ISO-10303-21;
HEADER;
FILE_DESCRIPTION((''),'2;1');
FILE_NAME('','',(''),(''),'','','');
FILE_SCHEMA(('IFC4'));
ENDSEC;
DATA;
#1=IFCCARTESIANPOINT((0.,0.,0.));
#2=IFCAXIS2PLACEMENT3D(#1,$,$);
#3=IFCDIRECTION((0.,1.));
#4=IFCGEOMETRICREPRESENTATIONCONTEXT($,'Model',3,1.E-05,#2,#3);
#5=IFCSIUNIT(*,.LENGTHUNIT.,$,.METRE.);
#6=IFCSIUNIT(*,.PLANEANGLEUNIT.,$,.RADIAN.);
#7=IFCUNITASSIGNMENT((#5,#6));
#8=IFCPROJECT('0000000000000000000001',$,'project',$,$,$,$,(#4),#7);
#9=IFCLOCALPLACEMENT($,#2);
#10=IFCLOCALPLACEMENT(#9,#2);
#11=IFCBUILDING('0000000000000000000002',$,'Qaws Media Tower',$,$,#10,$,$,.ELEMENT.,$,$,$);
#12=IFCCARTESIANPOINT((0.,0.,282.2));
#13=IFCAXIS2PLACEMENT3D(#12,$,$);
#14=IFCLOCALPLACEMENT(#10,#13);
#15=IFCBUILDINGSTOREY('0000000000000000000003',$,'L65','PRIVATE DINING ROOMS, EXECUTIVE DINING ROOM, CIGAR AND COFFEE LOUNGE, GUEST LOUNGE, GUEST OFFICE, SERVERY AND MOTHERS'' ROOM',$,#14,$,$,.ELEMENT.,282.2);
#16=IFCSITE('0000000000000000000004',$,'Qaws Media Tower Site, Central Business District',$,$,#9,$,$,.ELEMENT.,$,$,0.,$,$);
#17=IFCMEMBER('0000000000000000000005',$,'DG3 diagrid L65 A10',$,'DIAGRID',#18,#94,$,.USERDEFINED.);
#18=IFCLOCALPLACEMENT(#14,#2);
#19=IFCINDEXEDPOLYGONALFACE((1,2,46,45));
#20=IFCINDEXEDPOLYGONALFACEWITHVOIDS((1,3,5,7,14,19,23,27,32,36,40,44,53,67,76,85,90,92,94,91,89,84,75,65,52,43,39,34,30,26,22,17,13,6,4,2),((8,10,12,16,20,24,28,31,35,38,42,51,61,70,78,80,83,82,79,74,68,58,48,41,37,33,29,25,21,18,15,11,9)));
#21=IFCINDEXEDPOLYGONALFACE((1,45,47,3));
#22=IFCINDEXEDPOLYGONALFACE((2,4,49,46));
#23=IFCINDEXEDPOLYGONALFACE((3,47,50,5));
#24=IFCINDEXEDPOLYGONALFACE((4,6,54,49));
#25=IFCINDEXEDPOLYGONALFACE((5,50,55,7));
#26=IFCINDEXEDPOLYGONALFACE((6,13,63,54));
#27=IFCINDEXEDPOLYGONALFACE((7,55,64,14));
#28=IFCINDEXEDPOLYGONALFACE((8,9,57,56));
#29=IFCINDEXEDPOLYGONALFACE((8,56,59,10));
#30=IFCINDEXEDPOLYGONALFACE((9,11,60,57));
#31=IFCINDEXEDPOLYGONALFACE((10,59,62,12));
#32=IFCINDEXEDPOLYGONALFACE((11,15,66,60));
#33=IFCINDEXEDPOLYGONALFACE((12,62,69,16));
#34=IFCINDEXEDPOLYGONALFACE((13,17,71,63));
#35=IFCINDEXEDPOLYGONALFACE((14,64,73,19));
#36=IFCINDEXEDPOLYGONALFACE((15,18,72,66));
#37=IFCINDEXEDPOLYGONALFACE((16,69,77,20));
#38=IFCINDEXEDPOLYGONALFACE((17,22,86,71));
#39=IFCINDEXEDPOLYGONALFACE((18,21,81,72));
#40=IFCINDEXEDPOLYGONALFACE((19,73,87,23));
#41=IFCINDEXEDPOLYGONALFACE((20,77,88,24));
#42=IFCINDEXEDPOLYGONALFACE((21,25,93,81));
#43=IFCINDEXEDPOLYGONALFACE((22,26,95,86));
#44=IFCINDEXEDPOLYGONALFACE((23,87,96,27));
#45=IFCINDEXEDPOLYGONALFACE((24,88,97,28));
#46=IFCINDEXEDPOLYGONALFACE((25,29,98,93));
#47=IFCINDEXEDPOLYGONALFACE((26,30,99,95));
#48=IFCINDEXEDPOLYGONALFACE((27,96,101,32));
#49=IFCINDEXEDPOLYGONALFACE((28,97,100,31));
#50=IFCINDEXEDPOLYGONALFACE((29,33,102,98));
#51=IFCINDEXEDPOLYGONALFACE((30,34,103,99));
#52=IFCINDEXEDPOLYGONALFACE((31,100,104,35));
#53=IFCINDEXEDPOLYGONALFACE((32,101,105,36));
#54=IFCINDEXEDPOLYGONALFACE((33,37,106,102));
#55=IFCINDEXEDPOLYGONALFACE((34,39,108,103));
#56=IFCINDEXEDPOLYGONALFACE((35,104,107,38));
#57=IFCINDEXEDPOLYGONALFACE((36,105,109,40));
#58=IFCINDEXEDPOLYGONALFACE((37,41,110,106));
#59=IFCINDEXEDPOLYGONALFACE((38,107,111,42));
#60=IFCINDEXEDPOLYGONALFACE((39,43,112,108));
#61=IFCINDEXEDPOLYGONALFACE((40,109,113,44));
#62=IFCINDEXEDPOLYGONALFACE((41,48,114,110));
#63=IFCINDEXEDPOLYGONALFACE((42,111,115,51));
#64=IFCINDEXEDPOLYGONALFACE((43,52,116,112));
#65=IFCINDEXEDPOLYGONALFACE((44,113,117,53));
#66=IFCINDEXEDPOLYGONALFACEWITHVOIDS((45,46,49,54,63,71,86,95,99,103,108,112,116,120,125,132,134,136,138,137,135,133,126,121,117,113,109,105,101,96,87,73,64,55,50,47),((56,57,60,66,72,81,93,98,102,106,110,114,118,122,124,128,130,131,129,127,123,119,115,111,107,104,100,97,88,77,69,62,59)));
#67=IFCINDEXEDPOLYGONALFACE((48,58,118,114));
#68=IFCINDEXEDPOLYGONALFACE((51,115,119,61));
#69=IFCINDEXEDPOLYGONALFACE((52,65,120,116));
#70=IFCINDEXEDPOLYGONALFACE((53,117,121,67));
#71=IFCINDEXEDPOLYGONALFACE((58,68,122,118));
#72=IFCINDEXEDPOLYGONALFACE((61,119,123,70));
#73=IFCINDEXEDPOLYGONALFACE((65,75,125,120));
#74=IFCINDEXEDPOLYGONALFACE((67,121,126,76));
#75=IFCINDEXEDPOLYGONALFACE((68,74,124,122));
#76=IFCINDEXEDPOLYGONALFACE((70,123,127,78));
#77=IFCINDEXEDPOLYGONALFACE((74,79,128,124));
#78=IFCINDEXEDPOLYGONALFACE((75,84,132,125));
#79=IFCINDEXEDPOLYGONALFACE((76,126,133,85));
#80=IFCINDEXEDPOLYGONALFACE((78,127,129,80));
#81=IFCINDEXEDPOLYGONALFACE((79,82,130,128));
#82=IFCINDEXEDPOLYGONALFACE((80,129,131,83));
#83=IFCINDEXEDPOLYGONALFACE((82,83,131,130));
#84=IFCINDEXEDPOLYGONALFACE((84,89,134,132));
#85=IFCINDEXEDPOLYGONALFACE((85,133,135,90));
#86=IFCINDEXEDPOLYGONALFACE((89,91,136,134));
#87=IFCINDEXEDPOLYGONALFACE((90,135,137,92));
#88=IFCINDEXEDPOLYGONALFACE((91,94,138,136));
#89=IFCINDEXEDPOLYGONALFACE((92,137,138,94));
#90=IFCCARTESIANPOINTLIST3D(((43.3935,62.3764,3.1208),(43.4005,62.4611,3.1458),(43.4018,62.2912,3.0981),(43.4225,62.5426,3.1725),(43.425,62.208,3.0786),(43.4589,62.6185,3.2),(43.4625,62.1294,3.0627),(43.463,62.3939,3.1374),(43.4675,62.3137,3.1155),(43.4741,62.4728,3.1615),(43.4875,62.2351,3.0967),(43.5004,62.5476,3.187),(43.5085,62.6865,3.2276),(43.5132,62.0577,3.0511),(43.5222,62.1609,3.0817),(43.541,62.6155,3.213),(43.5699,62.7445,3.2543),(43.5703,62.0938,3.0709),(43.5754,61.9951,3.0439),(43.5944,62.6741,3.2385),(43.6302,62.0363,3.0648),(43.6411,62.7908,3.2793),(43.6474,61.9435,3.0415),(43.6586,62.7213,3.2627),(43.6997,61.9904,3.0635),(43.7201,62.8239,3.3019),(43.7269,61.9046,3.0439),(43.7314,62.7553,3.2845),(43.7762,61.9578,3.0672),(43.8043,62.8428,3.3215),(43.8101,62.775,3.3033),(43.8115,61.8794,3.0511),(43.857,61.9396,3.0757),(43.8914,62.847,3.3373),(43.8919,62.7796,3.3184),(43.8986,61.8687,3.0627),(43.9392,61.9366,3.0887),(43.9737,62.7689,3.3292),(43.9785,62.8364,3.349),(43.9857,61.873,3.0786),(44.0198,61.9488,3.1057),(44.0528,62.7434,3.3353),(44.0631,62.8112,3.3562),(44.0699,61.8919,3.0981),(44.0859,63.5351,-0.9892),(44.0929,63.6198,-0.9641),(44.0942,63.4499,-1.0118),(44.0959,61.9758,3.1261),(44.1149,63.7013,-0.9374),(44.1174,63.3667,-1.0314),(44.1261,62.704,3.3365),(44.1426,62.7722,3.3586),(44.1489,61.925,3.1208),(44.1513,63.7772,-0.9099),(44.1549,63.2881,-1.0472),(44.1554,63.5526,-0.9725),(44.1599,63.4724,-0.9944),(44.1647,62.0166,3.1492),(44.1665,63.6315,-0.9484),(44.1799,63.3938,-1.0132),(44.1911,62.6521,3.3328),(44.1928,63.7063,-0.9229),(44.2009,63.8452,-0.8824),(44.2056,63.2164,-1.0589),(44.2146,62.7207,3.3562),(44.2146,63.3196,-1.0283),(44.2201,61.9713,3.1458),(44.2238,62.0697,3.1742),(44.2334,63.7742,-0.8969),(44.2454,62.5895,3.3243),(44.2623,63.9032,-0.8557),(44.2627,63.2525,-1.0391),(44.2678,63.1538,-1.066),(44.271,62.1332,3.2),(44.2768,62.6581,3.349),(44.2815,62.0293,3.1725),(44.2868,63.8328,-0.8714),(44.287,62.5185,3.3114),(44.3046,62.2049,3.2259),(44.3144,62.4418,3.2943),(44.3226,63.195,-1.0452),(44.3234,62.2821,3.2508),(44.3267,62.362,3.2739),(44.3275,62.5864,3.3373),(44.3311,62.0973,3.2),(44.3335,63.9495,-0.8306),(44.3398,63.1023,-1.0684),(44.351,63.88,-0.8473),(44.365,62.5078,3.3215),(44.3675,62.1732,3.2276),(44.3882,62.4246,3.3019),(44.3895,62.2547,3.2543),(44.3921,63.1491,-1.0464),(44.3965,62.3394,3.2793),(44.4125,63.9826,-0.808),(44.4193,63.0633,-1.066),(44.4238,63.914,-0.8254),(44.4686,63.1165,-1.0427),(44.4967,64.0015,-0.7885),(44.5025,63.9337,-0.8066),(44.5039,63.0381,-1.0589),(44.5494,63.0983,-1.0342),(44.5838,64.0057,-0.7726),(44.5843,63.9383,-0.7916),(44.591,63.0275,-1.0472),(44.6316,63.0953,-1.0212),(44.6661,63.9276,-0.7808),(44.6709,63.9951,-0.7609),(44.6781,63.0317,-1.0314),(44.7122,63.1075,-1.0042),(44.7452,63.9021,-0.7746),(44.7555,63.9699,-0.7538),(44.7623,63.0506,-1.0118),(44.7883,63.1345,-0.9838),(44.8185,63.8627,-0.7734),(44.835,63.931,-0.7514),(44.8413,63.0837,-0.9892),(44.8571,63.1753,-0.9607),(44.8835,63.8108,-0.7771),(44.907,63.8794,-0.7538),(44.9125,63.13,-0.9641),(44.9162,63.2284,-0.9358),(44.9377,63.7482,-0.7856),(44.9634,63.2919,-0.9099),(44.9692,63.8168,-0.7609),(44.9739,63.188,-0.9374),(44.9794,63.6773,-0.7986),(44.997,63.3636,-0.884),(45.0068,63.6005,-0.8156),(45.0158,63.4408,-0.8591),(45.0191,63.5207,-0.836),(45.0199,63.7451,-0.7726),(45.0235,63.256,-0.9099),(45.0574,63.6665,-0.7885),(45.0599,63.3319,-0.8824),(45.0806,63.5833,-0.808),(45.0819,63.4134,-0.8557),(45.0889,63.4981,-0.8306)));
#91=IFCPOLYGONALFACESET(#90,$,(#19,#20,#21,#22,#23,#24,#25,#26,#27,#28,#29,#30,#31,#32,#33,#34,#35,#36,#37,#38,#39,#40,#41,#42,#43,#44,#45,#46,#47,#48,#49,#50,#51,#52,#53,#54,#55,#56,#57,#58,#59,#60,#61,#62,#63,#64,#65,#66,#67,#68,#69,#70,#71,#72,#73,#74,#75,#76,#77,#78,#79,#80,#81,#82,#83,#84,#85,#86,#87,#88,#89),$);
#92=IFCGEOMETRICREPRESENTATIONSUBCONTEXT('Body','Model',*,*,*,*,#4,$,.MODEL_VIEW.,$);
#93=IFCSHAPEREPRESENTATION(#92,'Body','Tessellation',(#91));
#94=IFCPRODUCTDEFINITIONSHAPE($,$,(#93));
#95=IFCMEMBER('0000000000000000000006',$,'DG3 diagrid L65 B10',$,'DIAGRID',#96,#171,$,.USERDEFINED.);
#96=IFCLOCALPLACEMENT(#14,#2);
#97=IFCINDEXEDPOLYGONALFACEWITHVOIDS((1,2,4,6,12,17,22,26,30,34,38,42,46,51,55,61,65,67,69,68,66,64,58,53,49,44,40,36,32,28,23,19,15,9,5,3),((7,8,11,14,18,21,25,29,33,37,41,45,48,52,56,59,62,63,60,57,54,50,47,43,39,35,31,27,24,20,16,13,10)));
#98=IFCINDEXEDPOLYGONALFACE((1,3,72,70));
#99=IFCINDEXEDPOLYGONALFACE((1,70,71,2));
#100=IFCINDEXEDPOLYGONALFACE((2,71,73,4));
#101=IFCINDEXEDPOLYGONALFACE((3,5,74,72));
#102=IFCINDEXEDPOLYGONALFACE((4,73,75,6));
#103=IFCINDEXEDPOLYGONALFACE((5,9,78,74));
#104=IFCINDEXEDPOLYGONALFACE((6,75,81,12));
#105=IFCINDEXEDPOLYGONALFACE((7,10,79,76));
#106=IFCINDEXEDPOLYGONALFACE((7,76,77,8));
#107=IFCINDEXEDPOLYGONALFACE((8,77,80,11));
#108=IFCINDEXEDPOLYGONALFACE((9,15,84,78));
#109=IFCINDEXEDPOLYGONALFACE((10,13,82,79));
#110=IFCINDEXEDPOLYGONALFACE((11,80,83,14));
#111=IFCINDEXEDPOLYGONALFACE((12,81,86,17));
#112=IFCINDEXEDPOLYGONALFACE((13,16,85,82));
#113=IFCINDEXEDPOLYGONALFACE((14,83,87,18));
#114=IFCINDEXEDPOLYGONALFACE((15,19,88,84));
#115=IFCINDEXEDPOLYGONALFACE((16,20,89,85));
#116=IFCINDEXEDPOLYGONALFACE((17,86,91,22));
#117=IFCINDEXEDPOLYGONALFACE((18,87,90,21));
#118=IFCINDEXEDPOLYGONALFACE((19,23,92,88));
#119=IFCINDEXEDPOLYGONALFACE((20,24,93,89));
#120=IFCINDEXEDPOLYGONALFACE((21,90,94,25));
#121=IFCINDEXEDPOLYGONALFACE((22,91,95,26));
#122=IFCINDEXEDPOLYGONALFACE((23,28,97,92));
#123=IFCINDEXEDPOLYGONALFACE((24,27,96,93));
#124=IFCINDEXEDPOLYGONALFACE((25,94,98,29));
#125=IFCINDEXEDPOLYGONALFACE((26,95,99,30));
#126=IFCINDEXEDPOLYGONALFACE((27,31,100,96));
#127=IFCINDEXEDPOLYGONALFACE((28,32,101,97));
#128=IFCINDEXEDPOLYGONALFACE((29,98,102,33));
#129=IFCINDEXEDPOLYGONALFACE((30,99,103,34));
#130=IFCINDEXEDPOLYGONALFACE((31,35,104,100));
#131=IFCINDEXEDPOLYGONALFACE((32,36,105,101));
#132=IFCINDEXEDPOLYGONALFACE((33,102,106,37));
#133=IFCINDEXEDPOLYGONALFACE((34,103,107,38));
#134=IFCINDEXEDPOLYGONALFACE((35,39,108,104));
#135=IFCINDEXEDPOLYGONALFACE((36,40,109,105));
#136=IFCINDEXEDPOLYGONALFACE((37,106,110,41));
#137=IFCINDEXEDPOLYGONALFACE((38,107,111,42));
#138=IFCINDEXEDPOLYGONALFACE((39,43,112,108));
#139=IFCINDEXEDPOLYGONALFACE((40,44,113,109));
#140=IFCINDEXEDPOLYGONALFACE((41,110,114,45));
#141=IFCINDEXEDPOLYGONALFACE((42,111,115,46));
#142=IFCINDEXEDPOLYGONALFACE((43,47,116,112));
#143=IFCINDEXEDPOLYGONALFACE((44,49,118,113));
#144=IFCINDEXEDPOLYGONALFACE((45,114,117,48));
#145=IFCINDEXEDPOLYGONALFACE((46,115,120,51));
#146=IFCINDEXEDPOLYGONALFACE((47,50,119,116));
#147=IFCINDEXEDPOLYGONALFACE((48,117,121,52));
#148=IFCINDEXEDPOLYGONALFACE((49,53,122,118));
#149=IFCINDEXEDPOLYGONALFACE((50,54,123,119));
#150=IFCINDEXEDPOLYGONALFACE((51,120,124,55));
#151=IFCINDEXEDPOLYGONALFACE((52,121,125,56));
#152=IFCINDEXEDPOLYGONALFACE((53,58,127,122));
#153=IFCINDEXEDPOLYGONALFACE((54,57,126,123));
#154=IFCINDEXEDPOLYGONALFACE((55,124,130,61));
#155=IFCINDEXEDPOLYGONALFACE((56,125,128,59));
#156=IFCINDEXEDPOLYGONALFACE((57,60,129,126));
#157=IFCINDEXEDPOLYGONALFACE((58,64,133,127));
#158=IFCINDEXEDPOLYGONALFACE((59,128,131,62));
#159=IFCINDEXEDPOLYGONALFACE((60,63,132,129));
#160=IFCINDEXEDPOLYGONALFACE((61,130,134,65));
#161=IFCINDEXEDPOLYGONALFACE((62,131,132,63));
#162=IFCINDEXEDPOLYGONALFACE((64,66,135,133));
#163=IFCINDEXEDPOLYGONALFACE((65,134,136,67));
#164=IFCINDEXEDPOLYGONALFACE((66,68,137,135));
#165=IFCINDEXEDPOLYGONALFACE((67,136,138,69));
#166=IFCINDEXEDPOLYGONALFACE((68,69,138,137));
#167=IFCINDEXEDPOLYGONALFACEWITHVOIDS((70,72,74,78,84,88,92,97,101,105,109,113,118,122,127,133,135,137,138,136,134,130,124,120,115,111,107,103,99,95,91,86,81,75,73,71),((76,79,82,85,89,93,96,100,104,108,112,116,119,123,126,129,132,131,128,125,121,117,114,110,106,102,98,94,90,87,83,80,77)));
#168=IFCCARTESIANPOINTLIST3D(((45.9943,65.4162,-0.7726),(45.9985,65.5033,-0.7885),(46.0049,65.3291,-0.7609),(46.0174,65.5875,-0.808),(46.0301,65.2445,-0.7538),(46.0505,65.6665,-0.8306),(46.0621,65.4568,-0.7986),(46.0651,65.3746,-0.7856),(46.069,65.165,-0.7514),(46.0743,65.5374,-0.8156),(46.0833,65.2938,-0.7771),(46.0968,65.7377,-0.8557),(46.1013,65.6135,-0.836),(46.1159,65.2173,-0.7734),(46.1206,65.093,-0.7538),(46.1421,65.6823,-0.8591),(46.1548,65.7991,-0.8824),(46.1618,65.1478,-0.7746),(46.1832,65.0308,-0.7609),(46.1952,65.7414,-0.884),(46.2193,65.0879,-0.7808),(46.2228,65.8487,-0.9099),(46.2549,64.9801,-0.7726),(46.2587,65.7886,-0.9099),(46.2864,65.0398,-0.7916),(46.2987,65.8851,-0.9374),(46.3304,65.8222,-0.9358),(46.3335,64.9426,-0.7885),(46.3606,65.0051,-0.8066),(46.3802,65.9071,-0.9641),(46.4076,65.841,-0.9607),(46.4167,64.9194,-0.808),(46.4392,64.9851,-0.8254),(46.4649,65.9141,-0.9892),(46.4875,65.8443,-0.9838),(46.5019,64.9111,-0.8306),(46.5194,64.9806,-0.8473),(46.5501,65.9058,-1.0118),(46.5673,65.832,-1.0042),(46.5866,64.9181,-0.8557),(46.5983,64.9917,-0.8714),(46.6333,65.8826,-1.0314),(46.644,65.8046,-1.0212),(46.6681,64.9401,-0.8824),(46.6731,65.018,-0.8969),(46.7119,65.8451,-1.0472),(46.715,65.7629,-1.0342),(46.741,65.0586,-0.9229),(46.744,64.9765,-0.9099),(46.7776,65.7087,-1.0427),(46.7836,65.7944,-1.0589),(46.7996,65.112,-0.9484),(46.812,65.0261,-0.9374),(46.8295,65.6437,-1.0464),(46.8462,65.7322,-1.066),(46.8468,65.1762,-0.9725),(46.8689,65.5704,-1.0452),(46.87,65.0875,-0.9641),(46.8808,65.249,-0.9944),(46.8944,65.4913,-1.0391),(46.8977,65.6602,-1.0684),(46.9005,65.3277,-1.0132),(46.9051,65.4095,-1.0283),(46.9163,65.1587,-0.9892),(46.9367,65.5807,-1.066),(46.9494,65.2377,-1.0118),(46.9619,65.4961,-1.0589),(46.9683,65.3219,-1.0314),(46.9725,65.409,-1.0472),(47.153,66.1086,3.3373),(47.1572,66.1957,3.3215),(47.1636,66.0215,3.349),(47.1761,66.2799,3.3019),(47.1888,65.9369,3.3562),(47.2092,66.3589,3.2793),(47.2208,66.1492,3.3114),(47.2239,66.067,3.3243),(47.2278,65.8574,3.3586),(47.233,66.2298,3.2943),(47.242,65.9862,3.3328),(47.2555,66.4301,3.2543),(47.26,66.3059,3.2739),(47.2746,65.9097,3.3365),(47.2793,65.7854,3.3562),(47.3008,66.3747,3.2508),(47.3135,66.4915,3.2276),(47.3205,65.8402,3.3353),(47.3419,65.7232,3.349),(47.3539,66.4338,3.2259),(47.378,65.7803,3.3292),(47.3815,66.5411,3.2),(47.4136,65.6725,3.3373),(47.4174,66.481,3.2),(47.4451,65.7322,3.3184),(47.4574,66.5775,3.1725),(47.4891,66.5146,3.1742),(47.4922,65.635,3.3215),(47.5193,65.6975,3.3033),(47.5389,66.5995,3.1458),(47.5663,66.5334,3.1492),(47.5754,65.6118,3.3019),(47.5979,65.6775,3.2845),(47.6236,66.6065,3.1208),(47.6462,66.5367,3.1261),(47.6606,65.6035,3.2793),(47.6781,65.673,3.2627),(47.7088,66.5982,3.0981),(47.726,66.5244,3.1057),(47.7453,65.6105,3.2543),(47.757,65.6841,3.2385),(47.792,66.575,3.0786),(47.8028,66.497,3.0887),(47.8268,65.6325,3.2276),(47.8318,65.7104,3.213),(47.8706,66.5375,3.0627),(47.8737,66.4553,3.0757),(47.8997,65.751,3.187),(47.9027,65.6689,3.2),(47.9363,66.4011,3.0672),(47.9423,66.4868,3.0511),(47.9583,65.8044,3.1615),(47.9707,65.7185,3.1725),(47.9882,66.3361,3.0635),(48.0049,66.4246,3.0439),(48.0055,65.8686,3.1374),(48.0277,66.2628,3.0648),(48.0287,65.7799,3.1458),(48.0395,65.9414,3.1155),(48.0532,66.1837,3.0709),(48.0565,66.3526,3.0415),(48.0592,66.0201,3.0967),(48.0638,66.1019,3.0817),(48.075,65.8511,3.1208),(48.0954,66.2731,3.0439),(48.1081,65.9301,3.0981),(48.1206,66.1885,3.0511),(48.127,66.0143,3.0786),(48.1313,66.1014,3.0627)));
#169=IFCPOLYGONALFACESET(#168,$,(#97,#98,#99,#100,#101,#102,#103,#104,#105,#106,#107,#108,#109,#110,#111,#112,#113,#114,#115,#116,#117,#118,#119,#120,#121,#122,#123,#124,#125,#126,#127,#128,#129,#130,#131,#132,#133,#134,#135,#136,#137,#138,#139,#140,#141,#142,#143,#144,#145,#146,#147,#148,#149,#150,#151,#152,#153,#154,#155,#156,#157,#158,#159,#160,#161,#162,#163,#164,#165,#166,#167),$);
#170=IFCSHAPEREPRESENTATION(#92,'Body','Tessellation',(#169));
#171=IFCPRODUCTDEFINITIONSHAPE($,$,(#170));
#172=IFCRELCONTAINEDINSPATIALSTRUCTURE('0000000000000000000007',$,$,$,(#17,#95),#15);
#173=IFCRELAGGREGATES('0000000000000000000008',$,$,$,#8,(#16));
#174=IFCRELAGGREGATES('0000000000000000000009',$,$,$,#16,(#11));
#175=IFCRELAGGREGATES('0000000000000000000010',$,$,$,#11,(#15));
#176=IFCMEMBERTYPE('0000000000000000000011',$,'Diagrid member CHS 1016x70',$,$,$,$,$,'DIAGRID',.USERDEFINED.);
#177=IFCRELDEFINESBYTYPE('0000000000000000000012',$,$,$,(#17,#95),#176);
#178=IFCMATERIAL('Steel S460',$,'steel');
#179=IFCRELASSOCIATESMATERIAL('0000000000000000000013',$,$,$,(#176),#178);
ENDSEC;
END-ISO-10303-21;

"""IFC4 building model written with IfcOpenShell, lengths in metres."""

from ifc_helpers import new_model, si_unit, direction, frame, origin, origin_2d, place, context, subcontext, project, spatial, hollow_circle, extrude, material, material_profile, profile_set, type_object, element, save


model = new_model("IFC4")

# Units and contexts
model_context = context("Model", 3, precision=1e-05, world=origin(), true_north=direction((0.0, 1.0)))
body_context = subcontext(model_context, "Body", "Model", "MODEL_VIEW")
ifc_project = project(units=[si_unit("LENGTHUNIT", "METRE"), si_unit("PLANEANGLEUNIT", "RADIAN")], contexts=[model_context])

# Site, building, storey
site_placement = place(None, origin())
site = spatial("IfcSite", under=ifc_project, at=site_placement, Name="Qaws Media Tower Site, Central Business District", CompositionType="ELEMENT", RefElevation=0.0)
building_placement = place(site_placement, origin())
building = spatial("IfcBuilding", under=site, at=building_placement, Name="Qaws Media Tower", CompositionType="ELEMENT")
storey_placement = place(building_placement, frame((0.0, 0.0, 282.2)))
storey = spatial("IfcBuildingStorey", under=building, at=storey_placement, Name="L65", Description="PRIVATE DINING ROOMS, EXECUTIVE DINING ROOM, CIGAR AND COFFEE LOUNGE, GUEST LOUNGE, GUEST OFFICE, SERVERY AND MOTHERS' ROOM", CompositionType="ELEMENT", Elevation=282.2)

# Members
ifc_material_1 = material(Name="Steel S460", Category="steel")
ifc_material_profile_1 = material_profile(ifc_material_1, hollow_circle(Radius=0.5081, WallThickness=0.0701, at=origin_2d()), Name="CHS 1016x70")
ifc_profile_set_1 = profile_set([ifc_material_profile_1], Name="Steel S460")
member_type_1 = type_object("IfcMemberType", Name="Diagrid member CHS 1016x70", ElementType="DIAGRID", PredefinedType="USERDEFINED", material=ifc_profile_set_1)
for number, where, z_axis, x_axis, name in (
    (1, (44.5874, 63.5166, -0.9099), (-0.160057, -0.267853, 0.950072), (0.858417, -0.512952, 0.0), "DG3 diagrid L65 A10"),
    (2, (46.4834, 65.4126, -0.9099), (0.267853, 0.160057, 0.950072), (-0.512952, 0.858417, 0.0), "DG3 diagrid L65 B10"),
):
    element("IfcMember", number, at=place(storey_placement, frame(where, z_axis=z_axis, x_axis=x_axis)), inside=storey, type_object=member_type_1, Name=name, ObjectType="DIAGRID", PredefinedType="USERDEFINED", context=body_context, shape_type="SweptSolid", body=[
        extrude(hollow_circle(Radius=0.5081, WallThickness=0.0701, at=origin_2d()), origin(), (0.0, 0.0, 1.0), 4.3259),
    ])

save(model, "model.ifc")
